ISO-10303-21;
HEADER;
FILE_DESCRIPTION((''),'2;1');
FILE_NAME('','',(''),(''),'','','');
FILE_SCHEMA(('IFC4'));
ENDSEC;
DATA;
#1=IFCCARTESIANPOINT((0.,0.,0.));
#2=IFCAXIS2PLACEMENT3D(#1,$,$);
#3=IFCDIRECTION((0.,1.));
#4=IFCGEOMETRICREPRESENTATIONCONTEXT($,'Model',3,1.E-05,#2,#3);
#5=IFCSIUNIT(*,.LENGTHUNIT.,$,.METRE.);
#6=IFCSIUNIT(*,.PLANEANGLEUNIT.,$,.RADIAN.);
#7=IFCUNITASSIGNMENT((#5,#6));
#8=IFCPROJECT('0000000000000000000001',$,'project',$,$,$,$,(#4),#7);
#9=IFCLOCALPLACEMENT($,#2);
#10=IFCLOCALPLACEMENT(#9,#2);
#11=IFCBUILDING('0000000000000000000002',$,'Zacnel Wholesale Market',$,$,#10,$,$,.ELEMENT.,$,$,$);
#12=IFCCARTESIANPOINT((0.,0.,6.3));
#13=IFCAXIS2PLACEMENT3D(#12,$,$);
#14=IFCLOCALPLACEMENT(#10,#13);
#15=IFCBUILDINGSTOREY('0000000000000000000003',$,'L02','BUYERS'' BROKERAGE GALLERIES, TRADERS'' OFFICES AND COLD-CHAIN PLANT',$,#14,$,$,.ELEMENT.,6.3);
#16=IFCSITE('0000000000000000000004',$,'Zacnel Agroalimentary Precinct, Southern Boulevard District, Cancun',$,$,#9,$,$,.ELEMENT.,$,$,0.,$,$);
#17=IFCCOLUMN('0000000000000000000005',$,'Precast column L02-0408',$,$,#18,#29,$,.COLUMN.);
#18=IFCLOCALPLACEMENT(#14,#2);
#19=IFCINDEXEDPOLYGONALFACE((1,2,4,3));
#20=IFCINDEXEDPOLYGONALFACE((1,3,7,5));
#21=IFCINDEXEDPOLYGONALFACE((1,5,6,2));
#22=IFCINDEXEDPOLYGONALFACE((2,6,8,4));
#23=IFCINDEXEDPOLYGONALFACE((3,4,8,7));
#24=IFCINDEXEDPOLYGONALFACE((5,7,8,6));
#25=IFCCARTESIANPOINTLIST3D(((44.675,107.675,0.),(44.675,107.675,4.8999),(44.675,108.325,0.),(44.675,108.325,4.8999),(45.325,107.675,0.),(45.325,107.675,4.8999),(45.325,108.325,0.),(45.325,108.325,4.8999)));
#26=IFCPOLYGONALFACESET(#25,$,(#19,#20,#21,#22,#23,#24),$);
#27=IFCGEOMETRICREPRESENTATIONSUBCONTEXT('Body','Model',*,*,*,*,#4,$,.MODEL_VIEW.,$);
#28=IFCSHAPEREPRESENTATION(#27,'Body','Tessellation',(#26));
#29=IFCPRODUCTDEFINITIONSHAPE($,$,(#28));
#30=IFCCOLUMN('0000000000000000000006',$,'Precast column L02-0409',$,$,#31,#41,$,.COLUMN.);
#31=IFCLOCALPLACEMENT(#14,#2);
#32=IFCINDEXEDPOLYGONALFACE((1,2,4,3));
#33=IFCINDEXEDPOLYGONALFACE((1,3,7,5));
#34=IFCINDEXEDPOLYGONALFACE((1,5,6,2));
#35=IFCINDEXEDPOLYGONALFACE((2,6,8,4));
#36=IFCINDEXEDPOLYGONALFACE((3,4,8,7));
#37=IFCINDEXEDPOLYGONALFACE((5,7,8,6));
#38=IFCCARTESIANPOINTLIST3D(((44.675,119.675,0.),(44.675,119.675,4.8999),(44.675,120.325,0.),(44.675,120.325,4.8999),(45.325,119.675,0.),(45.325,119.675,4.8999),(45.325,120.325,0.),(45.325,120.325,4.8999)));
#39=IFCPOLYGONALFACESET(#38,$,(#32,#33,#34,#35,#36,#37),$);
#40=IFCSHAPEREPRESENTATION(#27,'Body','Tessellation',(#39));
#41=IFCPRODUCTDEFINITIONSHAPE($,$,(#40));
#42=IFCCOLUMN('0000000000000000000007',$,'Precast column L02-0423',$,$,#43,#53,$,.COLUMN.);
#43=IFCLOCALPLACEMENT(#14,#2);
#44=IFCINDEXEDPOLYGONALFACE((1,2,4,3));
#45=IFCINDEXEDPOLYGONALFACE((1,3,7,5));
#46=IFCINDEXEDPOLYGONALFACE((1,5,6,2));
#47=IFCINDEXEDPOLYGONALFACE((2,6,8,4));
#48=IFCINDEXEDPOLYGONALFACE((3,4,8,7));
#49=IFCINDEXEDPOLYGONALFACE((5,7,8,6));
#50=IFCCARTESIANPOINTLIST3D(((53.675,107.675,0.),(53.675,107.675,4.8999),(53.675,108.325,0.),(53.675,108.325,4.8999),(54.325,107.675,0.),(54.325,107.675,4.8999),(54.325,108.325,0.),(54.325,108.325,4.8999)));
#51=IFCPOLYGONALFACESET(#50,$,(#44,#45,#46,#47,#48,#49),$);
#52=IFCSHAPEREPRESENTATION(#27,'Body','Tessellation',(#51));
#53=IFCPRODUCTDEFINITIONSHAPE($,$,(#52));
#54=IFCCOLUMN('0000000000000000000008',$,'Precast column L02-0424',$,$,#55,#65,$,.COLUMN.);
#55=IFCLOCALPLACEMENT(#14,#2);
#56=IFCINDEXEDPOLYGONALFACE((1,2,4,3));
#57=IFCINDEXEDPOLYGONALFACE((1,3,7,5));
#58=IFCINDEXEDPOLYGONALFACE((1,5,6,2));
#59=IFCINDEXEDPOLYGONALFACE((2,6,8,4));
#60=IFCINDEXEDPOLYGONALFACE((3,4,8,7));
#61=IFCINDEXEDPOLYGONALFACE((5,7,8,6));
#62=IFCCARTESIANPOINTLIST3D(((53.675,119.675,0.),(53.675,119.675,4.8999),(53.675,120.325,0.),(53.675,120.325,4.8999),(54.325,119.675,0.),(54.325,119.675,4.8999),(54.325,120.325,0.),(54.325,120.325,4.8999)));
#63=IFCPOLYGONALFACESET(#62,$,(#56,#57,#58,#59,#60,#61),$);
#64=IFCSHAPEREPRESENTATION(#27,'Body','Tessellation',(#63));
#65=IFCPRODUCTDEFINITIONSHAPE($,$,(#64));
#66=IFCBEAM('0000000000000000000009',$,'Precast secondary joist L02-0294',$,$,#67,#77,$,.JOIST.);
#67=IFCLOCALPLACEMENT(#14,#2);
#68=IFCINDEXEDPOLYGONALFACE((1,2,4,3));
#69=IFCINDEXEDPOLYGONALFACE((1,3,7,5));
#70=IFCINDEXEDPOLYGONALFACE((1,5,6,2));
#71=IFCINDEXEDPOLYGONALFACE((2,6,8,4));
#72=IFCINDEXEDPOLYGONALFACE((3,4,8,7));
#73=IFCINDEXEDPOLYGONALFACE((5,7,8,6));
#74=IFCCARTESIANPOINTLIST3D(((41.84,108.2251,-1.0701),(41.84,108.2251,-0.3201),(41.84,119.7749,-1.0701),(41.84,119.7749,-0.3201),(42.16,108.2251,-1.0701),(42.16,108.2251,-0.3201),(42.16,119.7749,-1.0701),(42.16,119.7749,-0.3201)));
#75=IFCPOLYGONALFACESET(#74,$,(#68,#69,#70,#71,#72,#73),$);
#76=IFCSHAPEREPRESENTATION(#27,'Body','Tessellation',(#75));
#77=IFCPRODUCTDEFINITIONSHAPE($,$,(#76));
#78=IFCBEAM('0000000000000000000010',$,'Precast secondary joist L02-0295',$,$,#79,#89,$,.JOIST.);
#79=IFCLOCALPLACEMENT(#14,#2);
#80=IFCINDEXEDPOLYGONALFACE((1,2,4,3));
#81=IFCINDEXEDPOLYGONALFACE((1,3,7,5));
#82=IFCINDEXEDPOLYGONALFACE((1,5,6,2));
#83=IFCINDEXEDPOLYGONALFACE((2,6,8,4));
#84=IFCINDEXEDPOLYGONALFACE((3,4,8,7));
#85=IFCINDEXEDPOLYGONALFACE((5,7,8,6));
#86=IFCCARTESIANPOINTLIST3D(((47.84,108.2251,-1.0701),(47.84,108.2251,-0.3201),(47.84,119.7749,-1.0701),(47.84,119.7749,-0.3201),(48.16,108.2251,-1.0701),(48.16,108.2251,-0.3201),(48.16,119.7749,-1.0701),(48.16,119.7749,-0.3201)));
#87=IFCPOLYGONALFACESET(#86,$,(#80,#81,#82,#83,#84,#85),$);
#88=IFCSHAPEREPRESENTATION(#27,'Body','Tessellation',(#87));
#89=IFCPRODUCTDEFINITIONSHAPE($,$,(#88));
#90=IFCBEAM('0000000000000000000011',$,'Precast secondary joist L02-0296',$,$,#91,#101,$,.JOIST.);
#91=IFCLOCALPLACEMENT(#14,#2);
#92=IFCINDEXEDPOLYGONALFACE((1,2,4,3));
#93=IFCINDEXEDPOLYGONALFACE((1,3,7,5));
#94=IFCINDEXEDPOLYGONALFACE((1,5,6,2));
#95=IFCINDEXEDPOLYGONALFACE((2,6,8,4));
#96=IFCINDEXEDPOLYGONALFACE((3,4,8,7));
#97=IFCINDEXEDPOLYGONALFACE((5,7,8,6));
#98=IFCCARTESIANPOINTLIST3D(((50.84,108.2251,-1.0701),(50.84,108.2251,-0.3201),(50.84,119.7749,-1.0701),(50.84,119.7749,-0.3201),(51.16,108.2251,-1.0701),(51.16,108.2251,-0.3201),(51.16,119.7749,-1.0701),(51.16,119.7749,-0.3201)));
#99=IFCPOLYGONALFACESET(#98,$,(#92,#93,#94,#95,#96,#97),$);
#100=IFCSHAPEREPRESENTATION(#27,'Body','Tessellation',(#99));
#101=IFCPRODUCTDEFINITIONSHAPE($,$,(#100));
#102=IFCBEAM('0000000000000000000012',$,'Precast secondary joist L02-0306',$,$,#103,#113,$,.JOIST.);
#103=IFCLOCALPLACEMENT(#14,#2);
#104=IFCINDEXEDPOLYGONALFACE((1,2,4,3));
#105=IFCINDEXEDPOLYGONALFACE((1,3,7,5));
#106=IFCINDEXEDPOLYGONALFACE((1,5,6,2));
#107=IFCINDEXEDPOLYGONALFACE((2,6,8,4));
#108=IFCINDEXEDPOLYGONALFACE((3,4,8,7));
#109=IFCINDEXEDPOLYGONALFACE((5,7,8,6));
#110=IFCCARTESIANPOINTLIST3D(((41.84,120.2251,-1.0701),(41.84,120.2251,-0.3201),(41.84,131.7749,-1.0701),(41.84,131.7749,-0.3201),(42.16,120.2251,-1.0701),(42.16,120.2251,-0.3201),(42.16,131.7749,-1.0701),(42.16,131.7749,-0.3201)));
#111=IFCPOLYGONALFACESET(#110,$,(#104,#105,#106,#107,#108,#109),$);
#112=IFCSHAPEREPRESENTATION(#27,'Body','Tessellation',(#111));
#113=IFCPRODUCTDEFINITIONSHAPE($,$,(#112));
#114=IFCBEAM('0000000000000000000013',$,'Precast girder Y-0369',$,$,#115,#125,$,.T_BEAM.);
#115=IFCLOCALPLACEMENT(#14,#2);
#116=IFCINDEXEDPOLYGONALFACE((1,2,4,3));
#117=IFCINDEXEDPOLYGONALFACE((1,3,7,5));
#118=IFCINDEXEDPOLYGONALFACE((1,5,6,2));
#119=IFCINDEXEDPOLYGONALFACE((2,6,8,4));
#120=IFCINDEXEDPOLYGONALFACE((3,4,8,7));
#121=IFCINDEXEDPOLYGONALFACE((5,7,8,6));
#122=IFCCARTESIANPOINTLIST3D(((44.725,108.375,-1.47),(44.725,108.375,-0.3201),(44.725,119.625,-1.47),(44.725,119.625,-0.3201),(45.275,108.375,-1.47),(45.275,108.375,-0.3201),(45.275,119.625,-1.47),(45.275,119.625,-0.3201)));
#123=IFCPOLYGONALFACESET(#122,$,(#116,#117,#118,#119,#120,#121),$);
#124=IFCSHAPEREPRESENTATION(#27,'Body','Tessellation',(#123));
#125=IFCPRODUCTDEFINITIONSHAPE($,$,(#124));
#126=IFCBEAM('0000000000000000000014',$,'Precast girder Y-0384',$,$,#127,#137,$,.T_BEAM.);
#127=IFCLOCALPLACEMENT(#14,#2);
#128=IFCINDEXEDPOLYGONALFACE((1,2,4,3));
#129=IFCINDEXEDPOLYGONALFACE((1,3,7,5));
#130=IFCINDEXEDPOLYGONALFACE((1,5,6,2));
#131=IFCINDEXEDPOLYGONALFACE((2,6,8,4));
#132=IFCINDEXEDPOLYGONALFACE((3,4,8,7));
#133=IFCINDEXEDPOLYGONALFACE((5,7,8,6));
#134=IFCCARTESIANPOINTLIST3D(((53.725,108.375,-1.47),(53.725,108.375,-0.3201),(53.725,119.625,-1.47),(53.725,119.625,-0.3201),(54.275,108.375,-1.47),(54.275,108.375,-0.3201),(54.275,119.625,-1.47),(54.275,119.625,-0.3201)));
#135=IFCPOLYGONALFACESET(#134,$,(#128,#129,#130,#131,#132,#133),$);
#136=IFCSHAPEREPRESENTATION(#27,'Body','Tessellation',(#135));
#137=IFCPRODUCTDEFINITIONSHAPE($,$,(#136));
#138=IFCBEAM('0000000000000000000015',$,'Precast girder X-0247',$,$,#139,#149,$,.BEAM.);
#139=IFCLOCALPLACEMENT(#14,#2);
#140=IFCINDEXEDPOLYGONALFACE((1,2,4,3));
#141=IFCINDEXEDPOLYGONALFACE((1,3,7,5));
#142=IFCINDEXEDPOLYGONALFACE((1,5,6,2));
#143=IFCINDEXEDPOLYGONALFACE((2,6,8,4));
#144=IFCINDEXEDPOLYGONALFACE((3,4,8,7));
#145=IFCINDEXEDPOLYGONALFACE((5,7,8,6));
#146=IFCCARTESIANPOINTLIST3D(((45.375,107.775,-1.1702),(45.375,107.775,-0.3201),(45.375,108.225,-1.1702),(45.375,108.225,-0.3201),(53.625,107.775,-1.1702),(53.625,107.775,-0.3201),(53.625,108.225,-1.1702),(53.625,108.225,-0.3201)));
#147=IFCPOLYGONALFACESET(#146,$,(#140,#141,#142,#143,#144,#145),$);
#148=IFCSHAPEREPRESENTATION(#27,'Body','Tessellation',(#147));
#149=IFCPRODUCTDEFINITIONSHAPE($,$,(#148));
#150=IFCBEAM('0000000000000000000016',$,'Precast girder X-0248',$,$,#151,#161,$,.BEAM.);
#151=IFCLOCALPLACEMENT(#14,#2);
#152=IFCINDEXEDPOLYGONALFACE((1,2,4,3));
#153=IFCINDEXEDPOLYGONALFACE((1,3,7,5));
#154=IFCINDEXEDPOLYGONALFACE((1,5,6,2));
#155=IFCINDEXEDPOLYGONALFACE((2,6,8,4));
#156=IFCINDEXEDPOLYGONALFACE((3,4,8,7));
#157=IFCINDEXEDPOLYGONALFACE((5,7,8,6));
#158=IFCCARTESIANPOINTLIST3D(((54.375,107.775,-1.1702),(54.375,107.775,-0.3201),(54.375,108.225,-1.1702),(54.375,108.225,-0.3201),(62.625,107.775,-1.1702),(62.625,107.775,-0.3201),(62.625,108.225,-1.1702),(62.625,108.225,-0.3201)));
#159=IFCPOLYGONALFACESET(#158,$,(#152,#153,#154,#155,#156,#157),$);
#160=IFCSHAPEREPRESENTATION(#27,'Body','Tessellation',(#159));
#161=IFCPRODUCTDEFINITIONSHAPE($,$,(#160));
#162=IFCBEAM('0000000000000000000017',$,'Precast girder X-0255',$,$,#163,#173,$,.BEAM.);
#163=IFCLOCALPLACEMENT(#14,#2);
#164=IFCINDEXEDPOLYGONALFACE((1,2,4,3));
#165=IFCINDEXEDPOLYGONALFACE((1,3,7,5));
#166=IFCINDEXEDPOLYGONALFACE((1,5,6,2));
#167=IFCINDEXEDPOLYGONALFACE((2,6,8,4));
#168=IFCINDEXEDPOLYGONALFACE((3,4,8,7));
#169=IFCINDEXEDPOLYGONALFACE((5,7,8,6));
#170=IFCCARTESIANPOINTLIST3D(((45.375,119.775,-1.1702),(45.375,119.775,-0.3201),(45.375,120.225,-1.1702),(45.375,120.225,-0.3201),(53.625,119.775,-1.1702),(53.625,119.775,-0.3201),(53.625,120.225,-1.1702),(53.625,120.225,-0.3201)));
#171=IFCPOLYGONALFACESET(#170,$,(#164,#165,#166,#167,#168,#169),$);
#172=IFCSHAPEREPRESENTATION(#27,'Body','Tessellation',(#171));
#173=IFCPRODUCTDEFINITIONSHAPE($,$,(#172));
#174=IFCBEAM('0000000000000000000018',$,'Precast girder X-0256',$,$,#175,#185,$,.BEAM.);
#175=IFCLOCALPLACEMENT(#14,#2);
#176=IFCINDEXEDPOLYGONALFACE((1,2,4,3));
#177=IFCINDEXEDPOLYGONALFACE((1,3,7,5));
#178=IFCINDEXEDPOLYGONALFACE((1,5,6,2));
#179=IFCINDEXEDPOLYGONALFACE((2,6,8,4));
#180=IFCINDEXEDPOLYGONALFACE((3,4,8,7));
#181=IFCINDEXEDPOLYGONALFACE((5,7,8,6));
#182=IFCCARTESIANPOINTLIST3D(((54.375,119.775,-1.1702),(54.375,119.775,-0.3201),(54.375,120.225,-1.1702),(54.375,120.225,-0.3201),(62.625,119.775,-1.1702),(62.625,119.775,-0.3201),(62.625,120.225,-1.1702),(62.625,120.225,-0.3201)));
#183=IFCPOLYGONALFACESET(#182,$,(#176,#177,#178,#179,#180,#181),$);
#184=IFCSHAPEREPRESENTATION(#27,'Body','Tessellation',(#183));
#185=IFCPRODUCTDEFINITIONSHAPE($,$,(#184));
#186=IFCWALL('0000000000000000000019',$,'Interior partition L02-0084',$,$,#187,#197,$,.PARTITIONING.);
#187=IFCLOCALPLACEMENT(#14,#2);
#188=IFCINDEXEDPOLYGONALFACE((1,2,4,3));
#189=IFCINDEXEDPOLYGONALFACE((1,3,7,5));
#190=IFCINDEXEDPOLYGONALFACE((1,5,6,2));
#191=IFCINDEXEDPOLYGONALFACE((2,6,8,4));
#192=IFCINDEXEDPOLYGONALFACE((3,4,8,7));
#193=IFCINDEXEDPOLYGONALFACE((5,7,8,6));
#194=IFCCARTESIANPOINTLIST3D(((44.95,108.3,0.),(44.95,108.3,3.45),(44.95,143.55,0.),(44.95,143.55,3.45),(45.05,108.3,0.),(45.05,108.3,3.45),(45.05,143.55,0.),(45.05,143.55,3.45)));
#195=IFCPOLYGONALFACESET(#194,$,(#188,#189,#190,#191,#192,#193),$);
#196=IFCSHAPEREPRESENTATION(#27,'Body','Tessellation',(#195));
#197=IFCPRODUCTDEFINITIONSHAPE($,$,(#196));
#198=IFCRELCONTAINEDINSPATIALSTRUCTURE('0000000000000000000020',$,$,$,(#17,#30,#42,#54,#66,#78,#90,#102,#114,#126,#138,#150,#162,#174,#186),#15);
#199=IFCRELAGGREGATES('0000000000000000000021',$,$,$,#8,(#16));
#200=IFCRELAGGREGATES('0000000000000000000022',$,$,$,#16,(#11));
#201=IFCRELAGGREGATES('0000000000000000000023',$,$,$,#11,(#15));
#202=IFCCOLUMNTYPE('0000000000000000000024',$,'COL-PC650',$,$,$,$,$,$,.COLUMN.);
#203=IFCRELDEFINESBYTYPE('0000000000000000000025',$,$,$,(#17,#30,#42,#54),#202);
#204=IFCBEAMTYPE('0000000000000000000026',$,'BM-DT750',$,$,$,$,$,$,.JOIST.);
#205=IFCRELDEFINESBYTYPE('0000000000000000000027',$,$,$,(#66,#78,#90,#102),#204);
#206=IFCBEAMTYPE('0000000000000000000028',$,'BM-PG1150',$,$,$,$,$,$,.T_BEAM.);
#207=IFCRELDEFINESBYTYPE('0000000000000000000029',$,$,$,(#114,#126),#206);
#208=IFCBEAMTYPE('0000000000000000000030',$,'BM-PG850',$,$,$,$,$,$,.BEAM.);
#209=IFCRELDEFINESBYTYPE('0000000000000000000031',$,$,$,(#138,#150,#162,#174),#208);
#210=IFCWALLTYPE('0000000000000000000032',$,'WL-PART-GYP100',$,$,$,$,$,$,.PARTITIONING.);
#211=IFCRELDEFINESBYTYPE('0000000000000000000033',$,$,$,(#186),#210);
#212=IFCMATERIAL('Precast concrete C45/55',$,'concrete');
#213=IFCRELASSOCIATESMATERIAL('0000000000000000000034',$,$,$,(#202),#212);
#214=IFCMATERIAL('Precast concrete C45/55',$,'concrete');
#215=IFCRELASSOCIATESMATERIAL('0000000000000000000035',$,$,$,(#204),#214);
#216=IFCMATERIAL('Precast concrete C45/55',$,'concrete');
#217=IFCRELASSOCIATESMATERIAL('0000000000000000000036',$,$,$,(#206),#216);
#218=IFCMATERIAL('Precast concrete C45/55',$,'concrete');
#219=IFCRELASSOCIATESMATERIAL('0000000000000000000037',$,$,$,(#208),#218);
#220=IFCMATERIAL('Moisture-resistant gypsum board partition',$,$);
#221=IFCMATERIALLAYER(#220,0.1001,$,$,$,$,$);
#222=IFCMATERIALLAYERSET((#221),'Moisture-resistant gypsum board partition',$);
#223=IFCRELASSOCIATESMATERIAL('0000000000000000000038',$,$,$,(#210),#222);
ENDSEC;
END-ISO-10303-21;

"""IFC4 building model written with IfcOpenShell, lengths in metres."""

from ifc_helpers import new_model, si_unit, direction, frame, frame_2d, origin, origin_2d, place, context, subcontext, project, spatial, rectangle, extrude, material, layer, layer_set, material_profile, profile_set, type_object, element, save


model = new_model("IFC4")

# Units and contexts
model_context = context("Model", 3, precision=1e-05, world=origin(), true_north=direction((0.0, 1.0)))
body_context = subcontext(model_context, "Body", "Model", "MODEL_VIEW")
ifc_project = project(units=[si_unit("LENGTHUNIT", "METRE"), si_unit("PLANEANGLEUNIT", "RADIAN")], contexts=[model_context])

# Site, building, storey
site_placement = place(None, origin())
site = spatial("IfcSite", under=ifc_project, at=site_placement, Name="Zacnel Agroalimentary Precinct, Southern Boulevard District, Cancun", CompositionType="ELEMENT", RefElevation=0.0)
building_placement = place(site_placement, origin())
building = spatial("IfcBuilding", under=site, at=building_placement, Name="Zacnel Wholesale Market", CompositionType="ELEMENT")
storey_placement = place(building_placement, frame((0.0, 0.0, 6.3)))
storey = spatial("IfcBuildingStorey", under=building, at=storey_placement, Name="L02", Description="BUYERS' BROKERAGE GALLERIES, TRADERS' OFFICES AND COLD-CHAIN PLANT", CompositionType="ELEMENT", Elevation=6.3)

# Columns
ifc_material_1 = material(Name="Precast concrete C45/55", Category="concrete")
ifc_material_profile_1 = material_profile(ifc_material_1, rectangle(XDim=0.6499, YDim=0.6499, at=origin_2d()), Name="PC 650x650")
ifc_profile_set_1 = profile_set([ifc_material_profile_1], Name="Precast concrete C45/55")
column_type = type_object("IfcColumnType", Name="COL-PC650", PredefinedType="COLUMN", material=ifc_profile_set_1)
for number, where, z_axis, x_axis, name in (
    (1, (45.0, 108.0, 0.0), (0.0, 0.0, 1.0), (1.0, 0.0, 0.0), "Precast column L02-0408"),
    (2, (45.0, 120.0, 0.0), (0.0, 0.0, 1.0), (1.0, 0.0, 0.0), "Precast column L02-0409"),
    (3, (54.0, 108.0, 0.0), (0.0, 0.0, 1.0), (1.0, 0.0, 0.0), "Precast column L02-0423"),
    (4, (54.0, 120.0, 0.0), (0.0, 0.0, 1.0), (1.0, 0.0, 0.0), "Precast column L02-0424"),
):
    element("IfcColumn", number, at=place(storey_placement, frame(where, z_axis=z_axis, x_axis=x_axis)), inside=storey, type_object=column_type, Name=name, PredefinedType="COLUMN", context=body_context, shape_type="SweptSolid", body=[
        extrude(rectangle(XDim=0.6499, YDim=0.6499, at=origin_2d()), origin(), (0.0, 0.0, 1.0), 4.8999),
    ])

# Beams
ifc_material_2 = material(Name="Precast concrete C45/55", Category="concrete")
ifc_material_profile_2 = material_profile(ifc_material_2, rectangle(XDim=0.3201, YDim=0.75, at=origin_2d()), Name="DT RIB 320x750")
ifc_profile_set_2 = profile_set([ifc_material_profile_2], Name="Precast concrete C45/55")
beam_type_1 = type_object("IfcBeamType", Name="BM-DT750", PredefinedType="JOIST", material=ifc_profile_set_2)
for number, where, z_axis, x_axis, name in (
    (5, (42.0, 108.2251, -0.6951), (0.0, 1.0, 0.0), (-1.0, 0.0, 0.0), "Precast secondary joist L02-0294"),
    (6, (48.0, 108.2251, -0.6951), (0.0, 1.0, 0.0), (-1.0, 0.0, 0.0), "Precast secondary joist L02-0295"),
    (7, (51.0, 108.2251, -0.6951), (0.0, 1.0, 0.0), (-1.0, 0.0, 0.0), "Precast secondary joist L02-0296"),
    (8, (42.0, 120.2251, -0.6951), (0.0, 1.0, 0.0), (-1.0, 0.0, 0.0), "Precast secondary joist L02-0306"),
):
    element("IfcBeam", number, at=place(storey_placement, frame(where, z_axis=z_axis, x_axis=x_axis)), inside=storey, type_object=beam_type_1, Name=name, PredefinedType="JOIST", context=body_context, shape_type="SweptSolid", body=[
        extrude(rectangle(XDim=0.3201, YDim=0.75, at=origin_2d()), origin(), (0.0, 0.0, 1.0), 11.5498),
    ])
ifc_material_3 = material(Name="Precast concrete C45/55", Category="concrete")
ifc_material_profile_3 = material_profile(ifc_material_3, rectangle(XDim=0.55, YDim=1.1499, at=origin_2d()), Name="PG 550x1150")
ifc_profile_set_3 = profile_set([ifc_material_profile_3], Name="Precast concrete C45/55")
beam_type_2 = type_object("IfcBeamType", Name="BM-PG1150", PredefinedType="T_BEAM", material=ifc_profile_set_3)
for number, where, z_axis, x_axis, name in (
    (9, (45.0, 108.375, -0.895), (0.0, 1.0, 0.0), (-1.0, 0.0, 0.0), "Precast girder Y-0369"),
    (10, (54.0, 108.375, -0.895), (0.0, 1.0, 0.0), (-1.0, 0.0, 0.0), "Precast girder Y-0384"),
):
    element("IfcBeam", number, at=place(storey_placement, frame(where, z_axis=z_axis, x_axis=x_axis)), inside=storey, type_object=beam_type_2, Name=name, PredefinedType="T_BEAM", context=body_context, shape_type="SweptSolid", body=[
        extrude(rectangle(XDim=0.55, YDim=1.1499, at=origin_2d()), origin(), (0.0, 0.0, 1.0), 11.25),
    ])
ifc_material_4 = material(Name="Precast concrete C45/55", Category="concrete")
ifc_material_profile_4 = material_profile(ifc_material_4, rectangle(XDim=0.45, YDim=0.8501, at=origin_2d()), Name="PG 450x850")
ifc_profile_set_4 = profile_set([ifc_material_profile_4], Name="Precast concrete C45/55")
beam_type_3 = type_object("IfcBeamType", Name="BM-PG850", PredefinedType="BEAM", material=ifc_profile_set_4)
for number, where, z_axis, x_axis, name in (
    (11, (45.375, 108.0, -0.7451), (1.0, 0.0, 0.0), (0.0, 1.0, 0.0), "Precast girder X-0247"),
    (12, (54.375, 108.0, -0.7451), (1.0, 0.0, 0.0), (0.0, 1.0, 0.0), "Precast girder X-0248"),
    (13, (45.375, 120.0, -0.7451), (1.0, 0.0, 0.0), (0.0, 1.0, 0.0), "Precast girder X-0255"),
    (14, (54.375, 120.0, -0.7451), (1.0, 0.0, 0.0), (0.0, 1.0, 0.0), "Precast girder X-0256"),
):
    element("IfcBeam", number, at=place(storey_placement, frame(where, z_axis=z_axis, x_axis=x_axis)), inside=storey, type_object=beam_type_3, Name=name, PredefinedType="BEAM", context=body_context, shape_type="SweptSolid", body=[
        extrude(rectangle(XDim=0.45, YDim=0.8501, at=origin_2d()), origin(), (0.0, 0.0, 1.0), 8.25),
    ])

# Wall
ifc_material_5 = material(Name="Moisture-resistant gypsum board partition")
ifc_layer_1 = layer(ifc_material_5, 0.1001)
ifc_layer_set_1 = layer_set([ifc_layer_1], Name="Moisture-resistant gypsum board partition")
wall_type_1 = type_object("IfcWallType", Name="WL-PART-GYP100", PredefinedType="PARTITIONING", material=ifc_layer_set_1)
wall_1_placement = place(storey_placement, frame((45.0, 108.3, 0.0), z_axis=(0.0, 0.0, 1.0), x_axis=(0.0, 1.0, 0.0)))
element("IfcWall", 15, at=wall_1_placement, inside=storey, type_object=wall_type_1, Name="Interior partition L02-0084", PredefinedType="PARTITIONING", context=body_context, shape_type="SweptSolid", body=[
    extrude(rectangle(XDim=35.25, YDim=0.1001, at=frame_2d((17.625, 0.0))), origin(), (0.0, 0.0, 1.0), 3.45),
])

save(model, "model.ifc")
